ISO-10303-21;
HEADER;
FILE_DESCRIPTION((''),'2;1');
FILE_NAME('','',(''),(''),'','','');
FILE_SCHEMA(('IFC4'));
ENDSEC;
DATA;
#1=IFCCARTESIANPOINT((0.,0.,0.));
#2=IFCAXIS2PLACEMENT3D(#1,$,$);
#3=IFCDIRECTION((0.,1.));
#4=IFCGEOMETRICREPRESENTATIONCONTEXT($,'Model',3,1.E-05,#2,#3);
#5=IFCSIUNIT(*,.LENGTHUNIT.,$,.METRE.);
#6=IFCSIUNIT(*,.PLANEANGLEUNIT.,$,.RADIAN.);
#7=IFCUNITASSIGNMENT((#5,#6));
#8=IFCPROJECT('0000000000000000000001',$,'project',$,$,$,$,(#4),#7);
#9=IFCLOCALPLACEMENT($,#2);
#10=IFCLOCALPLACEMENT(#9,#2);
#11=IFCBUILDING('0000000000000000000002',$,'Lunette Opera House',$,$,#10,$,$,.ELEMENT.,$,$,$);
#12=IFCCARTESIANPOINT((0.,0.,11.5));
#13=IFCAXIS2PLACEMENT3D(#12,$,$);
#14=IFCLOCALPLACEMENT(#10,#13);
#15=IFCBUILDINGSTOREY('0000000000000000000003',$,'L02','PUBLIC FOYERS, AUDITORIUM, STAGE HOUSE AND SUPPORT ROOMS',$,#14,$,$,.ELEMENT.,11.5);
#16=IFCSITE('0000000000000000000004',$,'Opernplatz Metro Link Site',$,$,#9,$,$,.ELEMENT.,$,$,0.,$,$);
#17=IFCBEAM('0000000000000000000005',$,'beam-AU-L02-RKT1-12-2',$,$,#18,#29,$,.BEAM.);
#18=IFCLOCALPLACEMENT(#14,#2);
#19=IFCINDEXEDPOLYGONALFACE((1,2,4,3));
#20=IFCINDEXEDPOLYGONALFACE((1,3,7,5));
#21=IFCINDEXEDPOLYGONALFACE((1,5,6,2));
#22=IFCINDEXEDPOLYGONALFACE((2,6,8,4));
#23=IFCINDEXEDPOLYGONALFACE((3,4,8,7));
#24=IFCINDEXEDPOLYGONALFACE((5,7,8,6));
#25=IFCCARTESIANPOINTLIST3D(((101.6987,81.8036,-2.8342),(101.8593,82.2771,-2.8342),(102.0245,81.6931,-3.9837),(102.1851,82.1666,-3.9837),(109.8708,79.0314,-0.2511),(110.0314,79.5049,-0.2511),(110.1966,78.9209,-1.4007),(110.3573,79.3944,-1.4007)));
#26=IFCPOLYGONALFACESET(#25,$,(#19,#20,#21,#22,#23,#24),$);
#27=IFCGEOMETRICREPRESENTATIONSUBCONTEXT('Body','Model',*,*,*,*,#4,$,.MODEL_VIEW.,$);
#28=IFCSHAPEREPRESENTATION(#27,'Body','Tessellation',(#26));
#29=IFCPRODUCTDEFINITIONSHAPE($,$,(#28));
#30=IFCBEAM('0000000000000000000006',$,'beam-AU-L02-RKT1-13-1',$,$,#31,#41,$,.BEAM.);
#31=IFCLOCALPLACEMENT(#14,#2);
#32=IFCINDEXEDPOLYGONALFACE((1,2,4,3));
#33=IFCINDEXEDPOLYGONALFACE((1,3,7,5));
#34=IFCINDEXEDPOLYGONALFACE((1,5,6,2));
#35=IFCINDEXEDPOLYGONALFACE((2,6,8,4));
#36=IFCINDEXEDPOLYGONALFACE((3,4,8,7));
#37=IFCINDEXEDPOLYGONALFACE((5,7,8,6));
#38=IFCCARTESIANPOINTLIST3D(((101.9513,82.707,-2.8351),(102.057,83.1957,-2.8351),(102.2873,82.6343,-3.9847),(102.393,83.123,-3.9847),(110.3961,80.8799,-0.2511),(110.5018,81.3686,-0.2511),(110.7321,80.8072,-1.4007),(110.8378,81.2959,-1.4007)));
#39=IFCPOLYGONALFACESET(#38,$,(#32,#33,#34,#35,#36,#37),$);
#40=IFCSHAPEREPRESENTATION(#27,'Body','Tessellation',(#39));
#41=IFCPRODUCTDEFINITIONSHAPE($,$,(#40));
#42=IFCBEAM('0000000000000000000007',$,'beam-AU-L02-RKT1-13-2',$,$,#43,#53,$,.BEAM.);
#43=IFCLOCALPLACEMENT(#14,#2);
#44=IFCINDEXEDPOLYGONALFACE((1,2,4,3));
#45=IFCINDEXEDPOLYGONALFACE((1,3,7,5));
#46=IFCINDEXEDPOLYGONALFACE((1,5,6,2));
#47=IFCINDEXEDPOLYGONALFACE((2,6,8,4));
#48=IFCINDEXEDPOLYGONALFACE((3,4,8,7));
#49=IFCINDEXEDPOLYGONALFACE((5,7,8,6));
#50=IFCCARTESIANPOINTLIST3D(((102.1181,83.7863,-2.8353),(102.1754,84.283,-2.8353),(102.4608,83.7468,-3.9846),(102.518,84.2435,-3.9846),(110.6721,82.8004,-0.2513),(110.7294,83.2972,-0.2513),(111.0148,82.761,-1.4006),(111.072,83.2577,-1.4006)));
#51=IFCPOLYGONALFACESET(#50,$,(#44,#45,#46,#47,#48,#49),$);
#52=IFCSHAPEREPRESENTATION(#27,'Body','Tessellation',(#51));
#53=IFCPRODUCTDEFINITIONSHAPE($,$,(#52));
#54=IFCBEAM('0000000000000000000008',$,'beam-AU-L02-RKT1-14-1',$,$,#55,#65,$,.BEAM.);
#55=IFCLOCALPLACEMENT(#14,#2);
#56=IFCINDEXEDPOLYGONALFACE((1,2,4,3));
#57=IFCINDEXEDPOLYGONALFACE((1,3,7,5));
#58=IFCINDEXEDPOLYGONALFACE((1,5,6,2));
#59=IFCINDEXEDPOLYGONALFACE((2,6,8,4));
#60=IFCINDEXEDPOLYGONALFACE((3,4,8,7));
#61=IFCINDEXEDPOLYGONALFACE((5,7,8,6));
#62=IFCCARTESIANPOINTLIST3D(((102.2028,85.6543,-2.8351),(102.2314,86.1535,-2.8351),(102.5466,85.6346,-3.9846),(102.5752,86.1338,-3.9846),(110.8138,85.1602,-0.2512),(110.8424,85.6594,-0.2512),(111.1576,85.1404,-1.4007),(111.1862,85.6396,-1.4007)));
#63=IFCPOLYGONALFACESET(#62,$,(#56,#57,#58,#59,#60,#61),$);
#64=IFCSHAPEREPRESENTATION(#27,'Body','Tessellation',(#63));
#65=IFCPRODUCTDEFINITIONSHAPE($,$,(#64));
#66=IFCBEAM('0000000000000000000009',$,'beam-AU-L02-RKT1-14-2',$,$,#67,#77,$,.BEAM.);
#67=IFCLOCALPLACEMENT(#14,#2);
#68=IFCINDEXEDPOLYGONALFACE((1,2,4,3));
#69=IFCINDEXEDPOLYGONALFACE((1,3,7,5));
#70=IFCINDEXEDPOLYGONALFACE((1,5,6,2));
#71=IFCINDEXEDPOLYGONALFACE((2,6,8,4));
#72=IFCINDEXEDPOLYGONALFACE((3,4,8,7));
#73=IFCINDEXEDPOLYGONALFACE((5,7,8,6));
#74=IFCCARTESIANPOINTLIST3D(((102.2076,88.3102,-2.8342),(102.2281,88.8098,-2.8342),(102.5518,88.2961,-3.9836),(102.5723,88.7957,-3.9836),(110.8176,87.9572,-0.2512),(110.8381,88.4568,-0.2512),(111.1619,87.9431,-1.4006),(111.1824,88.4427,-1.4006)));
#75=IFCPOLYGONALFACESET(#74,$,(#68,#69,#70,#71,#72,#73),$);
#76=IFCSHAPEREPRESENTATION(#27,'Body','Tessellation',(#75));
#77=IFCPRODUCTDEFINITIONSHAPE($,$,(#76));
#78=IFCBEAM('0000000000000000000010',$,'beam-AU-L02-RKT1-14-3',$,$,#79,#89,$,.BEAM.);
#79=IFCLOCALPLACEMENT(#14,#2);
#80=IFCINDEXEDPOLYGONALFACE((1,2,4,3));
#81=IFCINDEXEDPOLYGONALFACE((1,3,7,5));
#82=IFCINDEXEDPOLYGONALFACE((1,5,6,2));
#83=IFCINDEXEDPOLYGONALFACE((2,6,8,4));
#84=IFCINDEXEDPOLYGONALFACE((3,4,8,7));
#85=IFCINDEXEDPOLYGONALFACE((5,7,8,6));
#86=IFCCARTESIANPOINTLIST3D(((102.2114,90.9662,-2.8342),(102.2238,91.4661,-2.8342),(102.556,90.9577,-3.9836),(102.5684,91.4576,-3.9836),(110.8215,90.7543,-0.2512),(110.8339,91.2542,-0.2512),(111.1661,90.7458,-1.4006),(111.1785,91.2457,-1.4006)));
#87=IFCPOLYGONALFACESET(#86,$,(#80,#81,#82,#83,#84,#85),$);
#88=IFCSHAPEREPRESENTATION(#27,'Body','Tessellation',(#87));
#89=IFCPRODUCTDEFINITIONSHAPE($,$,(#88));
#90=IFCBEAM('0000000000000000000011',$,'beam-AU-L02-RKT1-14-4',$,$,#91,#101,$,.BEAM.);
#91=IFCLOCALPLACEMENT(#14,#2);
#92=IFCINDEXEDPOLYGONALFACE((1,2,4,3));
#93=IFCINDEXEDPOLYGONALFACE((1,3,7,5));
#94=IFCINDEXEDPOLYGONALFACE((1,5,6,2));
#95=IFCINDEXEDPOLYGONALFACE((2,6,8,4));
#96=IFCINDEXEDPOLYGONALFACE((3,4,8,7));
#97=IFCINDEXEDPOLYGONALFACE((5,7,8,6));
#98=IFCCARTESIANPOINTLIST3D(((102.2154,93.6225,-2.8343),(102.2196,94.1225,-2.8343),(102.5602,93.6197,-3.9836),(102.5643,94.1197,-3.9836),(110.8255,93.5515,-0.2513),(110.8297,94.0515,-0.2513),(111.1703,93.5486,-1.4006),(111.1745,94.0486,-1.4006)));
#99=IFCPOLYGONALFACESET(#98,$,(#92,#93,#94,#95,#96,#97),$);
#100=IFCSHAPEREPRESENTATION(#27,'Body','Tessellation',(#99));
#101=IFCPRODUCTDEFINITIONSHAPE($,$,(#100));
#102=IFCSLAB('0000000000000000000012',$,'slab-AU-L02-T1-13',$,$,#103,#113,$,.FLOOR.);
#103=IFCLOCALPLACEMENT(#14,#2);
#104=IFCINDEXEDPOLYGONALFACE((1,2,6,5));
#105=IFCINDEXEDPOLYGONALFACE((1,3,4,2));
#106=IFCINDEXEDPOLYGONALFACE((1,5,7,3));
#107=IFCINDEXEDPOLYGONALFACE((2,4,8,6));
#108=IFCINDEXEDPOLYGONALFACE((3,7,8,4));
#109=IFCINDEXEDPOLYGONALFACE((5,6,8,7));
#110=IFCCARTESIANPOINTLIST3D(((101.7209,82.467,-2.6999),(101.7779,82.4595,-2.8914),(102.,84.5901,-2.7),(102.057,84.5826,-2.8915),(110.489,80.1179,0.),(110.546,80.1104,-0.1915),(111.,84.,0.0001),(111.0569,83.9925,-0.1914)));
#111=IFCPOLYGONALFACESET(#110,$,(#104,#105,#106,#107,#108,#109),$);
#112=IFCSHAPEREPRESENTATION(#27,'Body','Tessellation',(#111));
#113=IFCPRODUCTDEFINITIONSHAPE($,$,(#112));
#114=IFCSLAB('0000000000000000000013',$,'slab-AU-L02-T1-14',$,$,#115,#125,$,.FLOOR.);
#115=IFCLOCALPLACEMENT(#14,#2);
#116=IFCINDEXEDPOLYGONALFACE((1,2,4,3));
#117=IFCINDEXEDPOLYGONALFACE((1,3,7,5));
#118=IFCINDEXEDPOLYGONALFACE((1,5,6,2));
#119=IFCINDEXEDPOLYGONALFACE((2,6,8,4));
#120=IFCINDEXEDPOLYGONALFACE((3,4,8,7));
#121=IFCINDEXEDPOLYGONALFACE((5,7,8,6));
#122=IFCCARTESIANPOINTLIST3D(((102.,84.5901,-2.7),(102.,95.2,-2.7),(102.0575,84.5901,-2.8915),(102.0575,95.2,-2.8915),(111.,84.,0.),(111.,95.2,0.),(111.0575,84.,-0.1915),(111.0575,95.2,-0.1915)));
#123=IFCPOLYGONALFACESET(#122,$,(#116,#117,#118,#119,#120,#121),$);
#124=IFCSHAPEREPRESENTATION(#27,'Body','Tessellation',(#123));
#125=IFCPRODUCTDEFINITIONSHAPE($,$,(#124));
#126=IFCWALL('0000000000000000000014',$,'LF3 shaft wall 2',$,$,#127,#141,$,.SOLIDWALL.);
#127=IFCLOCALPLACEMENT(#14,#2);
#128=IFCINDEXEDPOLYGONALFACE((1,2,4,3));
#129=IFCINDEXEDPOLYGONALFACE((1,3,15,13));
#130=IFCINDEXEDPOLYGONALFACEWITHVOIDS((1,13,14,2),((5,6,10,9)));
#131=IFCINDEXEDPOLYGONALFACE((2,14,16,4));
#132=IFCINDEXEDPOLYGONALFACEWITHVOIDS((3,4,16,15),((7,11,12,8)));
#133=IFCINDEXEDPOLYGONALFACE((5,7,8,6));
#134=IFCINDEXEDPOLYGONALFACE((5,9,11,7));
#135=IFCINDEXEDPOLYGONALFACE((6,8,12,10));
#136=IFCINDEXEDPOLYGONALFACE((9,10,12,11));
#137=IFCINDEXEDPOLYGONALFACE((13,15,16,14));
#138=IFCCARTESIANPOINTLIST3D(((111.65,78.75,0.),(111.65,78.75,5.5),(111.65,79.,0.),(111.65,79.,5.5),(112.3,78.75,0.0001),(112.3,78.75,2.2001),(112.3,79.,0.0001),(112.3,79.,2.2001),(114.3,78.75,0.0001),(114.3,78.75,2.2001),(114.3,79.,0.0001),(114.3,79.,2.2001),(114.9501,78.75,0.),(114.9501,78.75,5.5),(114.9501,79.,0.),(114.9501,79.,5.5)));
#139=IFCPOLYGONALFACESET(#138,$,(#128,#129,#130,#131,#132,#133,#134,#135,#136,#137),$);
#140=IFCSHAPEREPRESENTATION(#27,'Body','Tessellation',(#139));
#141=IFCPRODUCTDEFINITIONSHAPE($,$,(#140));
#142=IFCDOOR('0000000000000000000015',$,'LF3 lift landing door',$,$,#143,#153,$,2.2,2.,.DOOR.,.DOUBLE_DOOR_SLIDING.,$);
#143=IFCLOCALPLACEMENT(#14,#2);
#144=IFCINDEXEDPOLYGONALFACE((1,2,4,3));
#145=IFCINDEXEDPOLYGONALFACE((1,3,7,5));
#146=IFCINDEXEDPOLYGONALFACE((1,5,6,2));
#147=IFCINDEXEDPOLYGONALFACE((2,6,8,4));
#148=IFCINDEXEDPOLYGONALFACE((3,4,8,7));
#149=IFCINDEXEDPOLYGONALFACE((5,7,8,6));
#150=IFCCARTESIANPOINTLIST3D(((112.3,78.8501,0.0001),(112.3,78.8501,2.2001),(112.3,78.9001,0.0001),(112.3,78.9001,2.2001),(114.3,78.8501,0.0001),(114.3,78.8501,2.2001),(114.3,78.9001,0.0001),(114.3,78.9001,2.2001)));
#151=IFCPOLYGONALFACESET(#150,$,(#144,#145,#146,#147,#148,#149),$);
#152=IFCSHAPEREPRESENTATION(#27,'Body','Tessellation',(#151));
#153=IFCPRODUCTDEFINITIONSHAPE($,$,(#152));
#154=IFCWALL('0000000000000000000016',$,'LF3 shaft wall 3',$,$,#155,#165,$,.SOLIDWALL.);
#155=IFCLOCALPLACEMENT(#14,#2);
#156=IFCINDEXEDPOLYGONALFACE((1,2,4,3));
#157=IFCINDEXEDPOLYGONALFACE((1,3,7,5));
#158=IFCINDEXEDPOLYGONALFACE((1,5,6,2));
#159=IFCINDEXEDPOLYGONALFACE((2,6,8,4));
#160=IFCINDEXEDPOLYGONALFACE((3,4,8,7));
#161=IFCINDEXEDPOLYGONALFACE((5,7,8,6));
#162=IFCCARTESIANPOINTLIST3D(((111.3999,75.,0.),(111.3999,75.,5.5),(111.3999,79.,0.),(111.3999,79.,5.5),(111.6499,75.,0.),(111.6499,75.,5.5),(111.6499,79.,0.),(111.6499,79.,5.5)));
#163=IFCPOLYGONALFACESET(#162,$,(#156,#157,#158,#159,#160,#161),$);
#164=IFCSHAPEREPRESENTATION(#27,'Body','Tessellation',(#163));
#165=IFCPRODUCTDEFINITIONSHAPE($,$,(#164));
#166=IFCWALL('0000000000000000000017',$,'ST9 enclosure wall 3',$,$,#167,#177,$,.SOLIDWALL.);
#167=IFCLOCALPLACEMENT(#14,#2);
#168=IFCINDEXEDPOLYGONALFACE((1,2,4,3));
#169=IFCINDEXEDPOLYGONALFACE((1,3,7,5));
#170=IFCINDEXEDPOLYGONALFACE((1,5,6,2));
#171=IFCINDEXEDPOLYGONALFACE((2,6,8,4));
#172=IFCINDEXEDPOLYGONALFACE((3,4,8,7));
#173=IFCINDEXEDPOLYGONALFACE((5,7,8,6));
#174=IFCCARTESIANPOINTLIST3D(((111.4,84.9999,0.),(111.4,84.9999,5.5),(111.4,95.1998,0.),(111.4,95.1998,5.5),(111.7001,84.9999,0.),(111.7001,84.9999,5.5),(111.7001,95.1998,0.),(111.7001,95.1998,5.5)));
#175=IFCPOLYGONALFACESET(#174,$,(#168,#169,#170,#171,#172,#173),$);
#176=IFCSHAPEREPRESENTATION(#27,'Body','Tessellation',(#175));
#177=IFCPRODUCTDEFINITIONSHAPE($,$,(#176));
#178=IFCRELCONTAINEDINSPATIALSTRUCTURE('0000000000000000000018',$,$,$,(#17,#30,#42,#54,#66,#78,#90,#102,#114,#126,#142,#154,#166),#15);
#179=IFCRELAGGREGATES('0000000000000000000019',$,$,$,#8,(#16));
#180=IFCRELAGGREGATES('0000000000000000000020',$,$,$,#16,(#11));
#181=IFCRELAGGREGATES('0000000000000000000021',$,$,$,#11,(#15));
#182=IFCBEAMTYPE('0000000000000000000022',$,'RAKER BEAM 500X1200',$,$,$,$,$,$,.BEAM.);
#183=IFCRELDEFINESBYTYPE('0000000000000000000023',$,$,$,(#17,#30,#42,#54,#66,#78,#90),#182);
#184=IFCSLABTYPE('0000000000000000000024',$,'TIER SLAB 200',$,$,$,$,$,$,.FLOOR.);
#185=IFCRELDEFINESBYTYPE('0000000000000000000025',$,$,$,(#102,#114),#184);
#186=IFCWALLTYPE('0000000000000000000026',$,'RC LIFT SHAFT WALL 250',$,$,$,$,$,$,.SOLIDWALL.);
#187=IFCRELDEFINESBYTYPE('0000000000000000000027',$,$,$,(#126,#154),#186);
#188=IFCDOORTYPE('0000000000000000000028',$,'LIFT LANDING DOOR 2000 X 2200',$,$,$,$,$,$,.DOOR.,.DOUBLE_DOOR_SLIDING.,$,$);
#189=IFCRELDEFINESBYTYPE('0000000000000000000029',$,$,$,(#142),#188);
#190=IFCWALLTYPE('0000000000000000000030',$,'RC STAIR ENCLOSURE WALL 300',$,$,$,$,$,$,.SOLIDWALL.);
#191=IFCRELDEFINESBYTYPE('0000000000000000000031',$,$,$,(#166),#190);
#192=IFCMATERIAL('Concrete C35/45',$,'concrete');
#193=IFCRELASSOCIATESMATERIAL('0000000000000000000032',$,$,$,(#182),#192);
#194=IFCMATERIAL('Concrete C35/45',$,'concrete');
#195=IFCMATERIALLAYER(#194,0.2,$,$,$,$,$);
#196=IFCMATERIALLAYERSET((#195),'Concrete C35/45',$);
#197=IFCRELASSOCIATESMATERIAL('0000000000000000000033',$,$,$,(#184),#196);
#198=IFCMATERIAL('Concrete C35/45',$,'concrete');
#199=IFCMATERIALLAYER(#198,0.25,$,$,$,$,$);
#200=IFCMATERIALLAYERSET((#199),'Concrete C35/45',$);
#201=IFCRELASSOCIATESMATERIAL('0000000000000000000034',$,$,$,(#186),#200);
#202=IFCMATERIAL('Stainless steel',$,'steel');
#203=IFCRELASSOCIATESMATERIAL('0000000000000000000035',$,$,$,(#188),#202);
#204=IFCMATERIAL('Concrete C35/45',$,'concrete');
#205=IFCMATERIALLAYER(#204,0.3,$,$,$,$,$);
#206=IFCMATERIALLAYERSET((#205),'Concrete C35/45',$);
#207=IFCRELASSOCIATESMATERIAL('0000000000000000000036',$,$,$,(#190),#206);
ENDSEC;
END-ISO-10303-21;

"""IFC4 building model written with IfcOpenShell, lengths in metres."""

from ifc_helpers import new_model, si_unit, direction, frame, frame_2d, origin, origin_2d, place, context, subcontext, project, spatial, polyline, rectangle, outline, extrude, material, layer, layer_set, material_profile, profile_set, type_object, element, fill, save


model = new_model("IFC4")

# Units and contexts
model_context = context("Model", 3, precision=1e-05, world=origin(), true_north=direction((0.0, 1.0)))
body_context = subcontext(model_context, "Body", "Model", "MODEL_VIEW")
ifc_project = project(units=[si_unit("LENGTHUNIT", "METRE"), si_unit("PLANEANGLEUNIT", "RADIAN")], contexts=[model_context])

# Site, building, storey
site_placement = place(None, origin())
site = spatial("IfcSite", under=ifc_project, at=site_placement, Name="Opernplatz Metro Link Site", CompositionType="ELEMENT", RefElevation=0.0)
building_placement = place(site_placement, origin())
building = spatial("IfcBuilding", under=site, at=building_placement, Name="Lunette Opera House", CompositionType="ELEMENT")
storey_placement = place(building_placement, frame((0.0, 0.0, 11.5)))
storey = spatial("IfcBuildingStorey", under=building, at=storey_placement, Name="L02", Description="PUBLIC FOYERS, AUDITORIUM, STAGE HOUSE AND SUPPORT ROOMS", CompositionType="ELEMENT", Elevation=11.5)

# Beams
ifc_material_1 = material(Name="Concrete C35/45", Category="concrete")
ifc_material_profile = material_profile(ifc_material_1, rectangle(XDim=0.5, YDim=1.2, at=origin_2d()), Name="RAKER BEAM 500X1200")
ifc_profile_set = profile_set([ifc_material_profile], Name="Concrete C35/45")
beam_type = type_object("IfcBeamType", Name="RAKER BEAM 500X1200", PredefinedType="BEAM", material=ifc_profile_set)
beam_1_placement = place(storey_placement, frame((110.114, 79.2129, -0.8259), z_axis=(-0.907226, 0.307757, -0.286752), x_axis=(-0.321248, -0.946995, 0.0)))
element("IfcBeam", 1, at=beam_1_placement, inside=storey, type_object=beam_type, Name="beam-AU-L02-RKT1-12-2", PredefinedType="BEAM", context=body_context, shape_type="SweptSolid", body=[
    extrude(rectangle(XDim=0.5, YDim=1.2, at=origin_2d()), origin(), (0.0, 0.0, 1.0), 9.0078),
])
beam_2_placement = place(storey_placement, frame((110.6169, 81.0879, -0.8259), z_axis=(-0.936405, 0.202604, -0.286525), x_axis=(-0.21147, -0.977384, 0.0)))
element("IfcBeam", 2, at=beam_2_placement, inside=storey, type_object=beam_type, Name="beam-AU-L02-RKT1-13-1", PredefinedType="BEAM", context=body_context, shape_type="SweptSolid", body=[
    extrude(rectangle(XDim=0.5, YDim=1.2, at=origin_2d()), origin(), (0.0, 0.0, 1.0), 9.0183),
])
beam_3_placement = place(storey_placement, frame((110.8721, 83.0291, -0.8259), z_axis=(-0.951503, 0.10966, -0.287431), x_axis=(-0.114492, -0.993424, 0.0)))
element("IfcBeam", 3, at=beam_3_placement, inside=storey, type_object=beam_type, Name="beam-AU-L02-RKT1-13-2", PredefinedType="BEAM", context=body_context, shape_type="SweptSolid", body=[
    extrude(rectangle(XDim=0.5, YDim=1.2, at=origin_2d()), origin(), (0.0, 0.0, 1.0), 8.99),
])
beam_4_placement = place(storey_placement, frame((111.0, 85.3999, -0.8259), z_axis=(-0.956363, 0.05488, -0.286982), x_axis=(-0.05729, -0.998358, 0.0)))
element("IfcBeam", 4, at=beam_4_placement, inside=storey, type_object=beam_type, Name="beam-AU-L02-RKT1-14-1", PredefinedType="BEAM", context=body_context, shape_type="SweptSolid", body=[
    extrude(rectangle(XDim=0.5, YDim=1.2, at=origin_2d()), origin(), (0.0, 0.0, 1.0), 9.0039),
])
beam_5_placement = place(storey_placement, frame((111.0, 88.2, -0.8259), z_axis=(-0.957089, 0.039242, -0.287124), x_axis=(-0.040967, -0.99916, 0.0)))
element("IfcBeam", 5, at=beam_5_placement, inside=storey, type_object=beam_type, Name="beam-AU-L02-RKT1-14-2", PredefinedType="BEAM", context=body_context, shape_type="SweptSolid", body=[
    extrude(rectangle(XDim=0.5, YDim=1.2, at=origin_2d()), origin(), (0.0, 0.0, 1.0), 8.9961),
])
beam_6_placement = place(storey_placement, frame((111.0, 91.0, -0.8259), z_axis=(-0.957561, 0.023568, -0.287266), x_axis=(-0.024605, -0.999697, 0.0)))
element("IfcBeam", 6, at=beam_6_placement, inside=storey, type_object=beam_type, Name="beam-AU-L02-RKT1-14-3", PredefinedType="BEAM", context=body_context, shape_type="SweptSolid", body=[
    extrude(rectangle(XDim=0.5, YDim=1.2, at=origin_2d()), origin(), (0.0, 0.0, 1.0), 8.9917),
])
beam_7_placement = place(storey_placement, frame((111.0, 93.8, -0.8259), z_axis=(-0.957797, 0.007903, -0.287336), x_axis=(-0.008251, -0.999966, 0.0)))
element("IfcBeam", 7, at=beam_7_placement, inside=storey, type_object=beam_type, Name="beam-AU-L02-RKT1-14-4", PredefinedType="BEAM", context=body_context, shape_type="SweptSolid", body=[
    extrude(rectangle(XDim=0.5, YDim=1.2, at=origin_2d()), origin(), (0.0, 0.0, 1.0), 8.9895),
])

# Slabs
ifc_material_2 = material(Name="Concrete C35/45", Category="concrete")
ifc_layer_1 = layer(ifc_material_2, 0.2)
ifc_layer_set_1 = layer_set([ifc_layer_1], Name="Concrete C35/45")
slab_type = type_object("IfcSlabType", Name="TIER SLAB 200", PredefinedType="FLOOR", material=ifc_layer_set_1)
slab_1_placement = place(storey_placement, frame((110.489, 80.1179, 0.0), z_axis=(-0.284893, 0.037481, 0.957826), x_axis=(0.130496, 0.991449, 0.000018)))
element("IfcSlab", 8, at=slab_1_placement, inside=storey, type_object=slab_type, Name="slab-AU-L02-T1-13", PredefinedType="FLOOR", context=body_context, shape_type="SweptSolid", body=[
    extrude(outline(polyline([(0.0, 0.0), (3.9156, 0.0), (3.3261, 9.3963), (1.1848, 9.3959), (0.0, 0.0)])), origin(), (0.0, 0.0, -1.0), 0.2),
])
slab_2_placement = place(storey_placement, frame((111.0, 84.0, 0.0), z_axis=(-0.287343, 0.0, 0.957828), x_axis=(0.0, 1.0, 0.0)))
element("IfcSlab", 9, at=slab_2_placement, inside=storey, type_object=slab_type, Name="slab-AU-L02-T1-14", PredefinedType="FLOOR", context=body_context, shape_type="SweptSolid", body=[
    extrude(outline(polyline([(0.0, 0.0), (11.2, 0.0), (11.2, 9.3963), (0.5901, 9.3963), (0.0, 0.0)])), origin(), (0.0, 0.0, -1.0), 0.2),
])

# Wall, opening, door
ifc_material_3 = material(Name="Concrete C35/45", Category="concrete")
ifc_layer_2 = layer(ifc_material_3, 0.25)
ifc_layer_set_2 = layer_set([ifc_layer_2], Name="Concrete C35/45")
wall_type_1 = type_object("IfcWallType", Name="RC LIFT SHAFT WALL 250", PredefinedType="SOLIDWALL", material=ifc_layer_set_2)
wall_1_placement = place(storey_placement, frame((114.95, 78.875, 0.0), z_axis=(0.0, 0.0, 1.0), x_axis=(-1.0, 0.0, 0.0)))
wall_1 = element("IfcWall", 10, at=wall_1_placement, inside=storey, type_object=wall_type_1, Name="LF3 shaft wall 2", PredefinedType="SOLIDWALL", context=body_context, shape_type="SweptSolid", body=[
    extrude(rectangle(XDim=3.3, YDim=0.25, at=frame_2d((1.6499, 0.0))), origin(), (0.0, 0.0, 1.0), 5.5),
])
opening_1_placement = place(wall_1_placement, frame((0.6499, 0.0, 0.0)))
opening_1 = element("IfcOpeningElement", 11, at=opening_1_placement, cuts=wall_1, PredefinedType="OPENING", context=body_context, shape_type="SweptSolid", body=[
    extrude(rectangle(XDim=2.0, YDim=2.2, at=frame_2d((1.0, 1.1001))), frame((0.0, 0.137, 0.0), z_axis=(0.0, -1.0, 0.0), x_axis=(1.0, 0.0, 0.0)), (0.0, 0.0, 1.0), 0.2739),
])
ifc_material_4 = material(Name="Stainless steel", Category="steel")
door_type_1 = type_object("IfcDoorType", Name="LIFT LANDING DOOR 2000 X 2200", OperationType="DOUBLE_DOOR_SLIDING", PredefinedType="DOOR", material=ifc_material_4)
door_1_placement = place(opening_1_placement, origin())
door_1 = element("IfcDoor", 12, at=door_1_placement, inside=storey, type_object=door_type_1, Name="LF3 lift landing door", OperationType="DOUBLE_DOOR_SLIDING", OverallHeight=2.2, OverallWidth=2.0, PredefinedType="DOOR", context=body_context, shape_type="SweptSolid", body=[
    extrude(rectangle(XDim=2.0, YDim=2.2, at=frame_2d((1.0, 1.1001))), frame((0.0, 0.0249, 0.0), z_axis=(0.0, -1.0, 0.0), x_axis=(1.0, 0.0, 0.0)), (0.0, 0.0, 1.0), 0.05),
])
fill(opening_1, door_1)

# Walls
wall_2_placement = place(storey_placement, frame((111.5249, 79.0, 0.0), z_axis=(0.0, 0.0, 1.0), x_axis=(0.0, -1.0, 0.0)))
element("IfcWall", 13, at=wall_2_placement, inside=storey, type_object=wall_type_1, Name="LF3 shaft wall 3", PredefinedType="SOLIDWALL", context=body_context, shape_type="SweptSolid", body=[
    extrude(rectangle(XDim=4.0, YDim=0.25, at=frame_2d((2.0, 0.0))), origin(), (0.0, 0.0, 1.0), 5.5),
])
ifc_material_5 = material(Name="Concrete C35/45", Category="concrete")
ifc_layer_3 = layer(ifc_material_5, 0.3)
ifc_layer_set_3 = layer_set([ifc_layer_3], Name="Concrete C35/45")
wall_type_2 = type_object("IfcWallType", Name="RC STAIR ENCLOSURE WALL 300", PredefinedType="SOLIDWALL", material=ifc_layer_set_3)
wall_3_placement = place(storey_placement, frame((111.55, 95.2, 0.0), z_axis=(0.0, 0.0, 1.0), x_axis=(0.0, -1.0, 0.0)))
element("IfcWall", 14, at=wall_3_placement, inside=storey, type_object=wall_type_2, Name="ST9 enclosure wall 3", PredefinedType="SOLIDWALL", context=body_context, shape_type="SweptSolid", body=[
    extrude(rectangle(XDim=10.2, YDim=0.3, at=frame_2d((5.1001, 0.0))), origin(), (0.0, 0.0, 1.0), 5.5),
])

save(model, "model.ifc")
